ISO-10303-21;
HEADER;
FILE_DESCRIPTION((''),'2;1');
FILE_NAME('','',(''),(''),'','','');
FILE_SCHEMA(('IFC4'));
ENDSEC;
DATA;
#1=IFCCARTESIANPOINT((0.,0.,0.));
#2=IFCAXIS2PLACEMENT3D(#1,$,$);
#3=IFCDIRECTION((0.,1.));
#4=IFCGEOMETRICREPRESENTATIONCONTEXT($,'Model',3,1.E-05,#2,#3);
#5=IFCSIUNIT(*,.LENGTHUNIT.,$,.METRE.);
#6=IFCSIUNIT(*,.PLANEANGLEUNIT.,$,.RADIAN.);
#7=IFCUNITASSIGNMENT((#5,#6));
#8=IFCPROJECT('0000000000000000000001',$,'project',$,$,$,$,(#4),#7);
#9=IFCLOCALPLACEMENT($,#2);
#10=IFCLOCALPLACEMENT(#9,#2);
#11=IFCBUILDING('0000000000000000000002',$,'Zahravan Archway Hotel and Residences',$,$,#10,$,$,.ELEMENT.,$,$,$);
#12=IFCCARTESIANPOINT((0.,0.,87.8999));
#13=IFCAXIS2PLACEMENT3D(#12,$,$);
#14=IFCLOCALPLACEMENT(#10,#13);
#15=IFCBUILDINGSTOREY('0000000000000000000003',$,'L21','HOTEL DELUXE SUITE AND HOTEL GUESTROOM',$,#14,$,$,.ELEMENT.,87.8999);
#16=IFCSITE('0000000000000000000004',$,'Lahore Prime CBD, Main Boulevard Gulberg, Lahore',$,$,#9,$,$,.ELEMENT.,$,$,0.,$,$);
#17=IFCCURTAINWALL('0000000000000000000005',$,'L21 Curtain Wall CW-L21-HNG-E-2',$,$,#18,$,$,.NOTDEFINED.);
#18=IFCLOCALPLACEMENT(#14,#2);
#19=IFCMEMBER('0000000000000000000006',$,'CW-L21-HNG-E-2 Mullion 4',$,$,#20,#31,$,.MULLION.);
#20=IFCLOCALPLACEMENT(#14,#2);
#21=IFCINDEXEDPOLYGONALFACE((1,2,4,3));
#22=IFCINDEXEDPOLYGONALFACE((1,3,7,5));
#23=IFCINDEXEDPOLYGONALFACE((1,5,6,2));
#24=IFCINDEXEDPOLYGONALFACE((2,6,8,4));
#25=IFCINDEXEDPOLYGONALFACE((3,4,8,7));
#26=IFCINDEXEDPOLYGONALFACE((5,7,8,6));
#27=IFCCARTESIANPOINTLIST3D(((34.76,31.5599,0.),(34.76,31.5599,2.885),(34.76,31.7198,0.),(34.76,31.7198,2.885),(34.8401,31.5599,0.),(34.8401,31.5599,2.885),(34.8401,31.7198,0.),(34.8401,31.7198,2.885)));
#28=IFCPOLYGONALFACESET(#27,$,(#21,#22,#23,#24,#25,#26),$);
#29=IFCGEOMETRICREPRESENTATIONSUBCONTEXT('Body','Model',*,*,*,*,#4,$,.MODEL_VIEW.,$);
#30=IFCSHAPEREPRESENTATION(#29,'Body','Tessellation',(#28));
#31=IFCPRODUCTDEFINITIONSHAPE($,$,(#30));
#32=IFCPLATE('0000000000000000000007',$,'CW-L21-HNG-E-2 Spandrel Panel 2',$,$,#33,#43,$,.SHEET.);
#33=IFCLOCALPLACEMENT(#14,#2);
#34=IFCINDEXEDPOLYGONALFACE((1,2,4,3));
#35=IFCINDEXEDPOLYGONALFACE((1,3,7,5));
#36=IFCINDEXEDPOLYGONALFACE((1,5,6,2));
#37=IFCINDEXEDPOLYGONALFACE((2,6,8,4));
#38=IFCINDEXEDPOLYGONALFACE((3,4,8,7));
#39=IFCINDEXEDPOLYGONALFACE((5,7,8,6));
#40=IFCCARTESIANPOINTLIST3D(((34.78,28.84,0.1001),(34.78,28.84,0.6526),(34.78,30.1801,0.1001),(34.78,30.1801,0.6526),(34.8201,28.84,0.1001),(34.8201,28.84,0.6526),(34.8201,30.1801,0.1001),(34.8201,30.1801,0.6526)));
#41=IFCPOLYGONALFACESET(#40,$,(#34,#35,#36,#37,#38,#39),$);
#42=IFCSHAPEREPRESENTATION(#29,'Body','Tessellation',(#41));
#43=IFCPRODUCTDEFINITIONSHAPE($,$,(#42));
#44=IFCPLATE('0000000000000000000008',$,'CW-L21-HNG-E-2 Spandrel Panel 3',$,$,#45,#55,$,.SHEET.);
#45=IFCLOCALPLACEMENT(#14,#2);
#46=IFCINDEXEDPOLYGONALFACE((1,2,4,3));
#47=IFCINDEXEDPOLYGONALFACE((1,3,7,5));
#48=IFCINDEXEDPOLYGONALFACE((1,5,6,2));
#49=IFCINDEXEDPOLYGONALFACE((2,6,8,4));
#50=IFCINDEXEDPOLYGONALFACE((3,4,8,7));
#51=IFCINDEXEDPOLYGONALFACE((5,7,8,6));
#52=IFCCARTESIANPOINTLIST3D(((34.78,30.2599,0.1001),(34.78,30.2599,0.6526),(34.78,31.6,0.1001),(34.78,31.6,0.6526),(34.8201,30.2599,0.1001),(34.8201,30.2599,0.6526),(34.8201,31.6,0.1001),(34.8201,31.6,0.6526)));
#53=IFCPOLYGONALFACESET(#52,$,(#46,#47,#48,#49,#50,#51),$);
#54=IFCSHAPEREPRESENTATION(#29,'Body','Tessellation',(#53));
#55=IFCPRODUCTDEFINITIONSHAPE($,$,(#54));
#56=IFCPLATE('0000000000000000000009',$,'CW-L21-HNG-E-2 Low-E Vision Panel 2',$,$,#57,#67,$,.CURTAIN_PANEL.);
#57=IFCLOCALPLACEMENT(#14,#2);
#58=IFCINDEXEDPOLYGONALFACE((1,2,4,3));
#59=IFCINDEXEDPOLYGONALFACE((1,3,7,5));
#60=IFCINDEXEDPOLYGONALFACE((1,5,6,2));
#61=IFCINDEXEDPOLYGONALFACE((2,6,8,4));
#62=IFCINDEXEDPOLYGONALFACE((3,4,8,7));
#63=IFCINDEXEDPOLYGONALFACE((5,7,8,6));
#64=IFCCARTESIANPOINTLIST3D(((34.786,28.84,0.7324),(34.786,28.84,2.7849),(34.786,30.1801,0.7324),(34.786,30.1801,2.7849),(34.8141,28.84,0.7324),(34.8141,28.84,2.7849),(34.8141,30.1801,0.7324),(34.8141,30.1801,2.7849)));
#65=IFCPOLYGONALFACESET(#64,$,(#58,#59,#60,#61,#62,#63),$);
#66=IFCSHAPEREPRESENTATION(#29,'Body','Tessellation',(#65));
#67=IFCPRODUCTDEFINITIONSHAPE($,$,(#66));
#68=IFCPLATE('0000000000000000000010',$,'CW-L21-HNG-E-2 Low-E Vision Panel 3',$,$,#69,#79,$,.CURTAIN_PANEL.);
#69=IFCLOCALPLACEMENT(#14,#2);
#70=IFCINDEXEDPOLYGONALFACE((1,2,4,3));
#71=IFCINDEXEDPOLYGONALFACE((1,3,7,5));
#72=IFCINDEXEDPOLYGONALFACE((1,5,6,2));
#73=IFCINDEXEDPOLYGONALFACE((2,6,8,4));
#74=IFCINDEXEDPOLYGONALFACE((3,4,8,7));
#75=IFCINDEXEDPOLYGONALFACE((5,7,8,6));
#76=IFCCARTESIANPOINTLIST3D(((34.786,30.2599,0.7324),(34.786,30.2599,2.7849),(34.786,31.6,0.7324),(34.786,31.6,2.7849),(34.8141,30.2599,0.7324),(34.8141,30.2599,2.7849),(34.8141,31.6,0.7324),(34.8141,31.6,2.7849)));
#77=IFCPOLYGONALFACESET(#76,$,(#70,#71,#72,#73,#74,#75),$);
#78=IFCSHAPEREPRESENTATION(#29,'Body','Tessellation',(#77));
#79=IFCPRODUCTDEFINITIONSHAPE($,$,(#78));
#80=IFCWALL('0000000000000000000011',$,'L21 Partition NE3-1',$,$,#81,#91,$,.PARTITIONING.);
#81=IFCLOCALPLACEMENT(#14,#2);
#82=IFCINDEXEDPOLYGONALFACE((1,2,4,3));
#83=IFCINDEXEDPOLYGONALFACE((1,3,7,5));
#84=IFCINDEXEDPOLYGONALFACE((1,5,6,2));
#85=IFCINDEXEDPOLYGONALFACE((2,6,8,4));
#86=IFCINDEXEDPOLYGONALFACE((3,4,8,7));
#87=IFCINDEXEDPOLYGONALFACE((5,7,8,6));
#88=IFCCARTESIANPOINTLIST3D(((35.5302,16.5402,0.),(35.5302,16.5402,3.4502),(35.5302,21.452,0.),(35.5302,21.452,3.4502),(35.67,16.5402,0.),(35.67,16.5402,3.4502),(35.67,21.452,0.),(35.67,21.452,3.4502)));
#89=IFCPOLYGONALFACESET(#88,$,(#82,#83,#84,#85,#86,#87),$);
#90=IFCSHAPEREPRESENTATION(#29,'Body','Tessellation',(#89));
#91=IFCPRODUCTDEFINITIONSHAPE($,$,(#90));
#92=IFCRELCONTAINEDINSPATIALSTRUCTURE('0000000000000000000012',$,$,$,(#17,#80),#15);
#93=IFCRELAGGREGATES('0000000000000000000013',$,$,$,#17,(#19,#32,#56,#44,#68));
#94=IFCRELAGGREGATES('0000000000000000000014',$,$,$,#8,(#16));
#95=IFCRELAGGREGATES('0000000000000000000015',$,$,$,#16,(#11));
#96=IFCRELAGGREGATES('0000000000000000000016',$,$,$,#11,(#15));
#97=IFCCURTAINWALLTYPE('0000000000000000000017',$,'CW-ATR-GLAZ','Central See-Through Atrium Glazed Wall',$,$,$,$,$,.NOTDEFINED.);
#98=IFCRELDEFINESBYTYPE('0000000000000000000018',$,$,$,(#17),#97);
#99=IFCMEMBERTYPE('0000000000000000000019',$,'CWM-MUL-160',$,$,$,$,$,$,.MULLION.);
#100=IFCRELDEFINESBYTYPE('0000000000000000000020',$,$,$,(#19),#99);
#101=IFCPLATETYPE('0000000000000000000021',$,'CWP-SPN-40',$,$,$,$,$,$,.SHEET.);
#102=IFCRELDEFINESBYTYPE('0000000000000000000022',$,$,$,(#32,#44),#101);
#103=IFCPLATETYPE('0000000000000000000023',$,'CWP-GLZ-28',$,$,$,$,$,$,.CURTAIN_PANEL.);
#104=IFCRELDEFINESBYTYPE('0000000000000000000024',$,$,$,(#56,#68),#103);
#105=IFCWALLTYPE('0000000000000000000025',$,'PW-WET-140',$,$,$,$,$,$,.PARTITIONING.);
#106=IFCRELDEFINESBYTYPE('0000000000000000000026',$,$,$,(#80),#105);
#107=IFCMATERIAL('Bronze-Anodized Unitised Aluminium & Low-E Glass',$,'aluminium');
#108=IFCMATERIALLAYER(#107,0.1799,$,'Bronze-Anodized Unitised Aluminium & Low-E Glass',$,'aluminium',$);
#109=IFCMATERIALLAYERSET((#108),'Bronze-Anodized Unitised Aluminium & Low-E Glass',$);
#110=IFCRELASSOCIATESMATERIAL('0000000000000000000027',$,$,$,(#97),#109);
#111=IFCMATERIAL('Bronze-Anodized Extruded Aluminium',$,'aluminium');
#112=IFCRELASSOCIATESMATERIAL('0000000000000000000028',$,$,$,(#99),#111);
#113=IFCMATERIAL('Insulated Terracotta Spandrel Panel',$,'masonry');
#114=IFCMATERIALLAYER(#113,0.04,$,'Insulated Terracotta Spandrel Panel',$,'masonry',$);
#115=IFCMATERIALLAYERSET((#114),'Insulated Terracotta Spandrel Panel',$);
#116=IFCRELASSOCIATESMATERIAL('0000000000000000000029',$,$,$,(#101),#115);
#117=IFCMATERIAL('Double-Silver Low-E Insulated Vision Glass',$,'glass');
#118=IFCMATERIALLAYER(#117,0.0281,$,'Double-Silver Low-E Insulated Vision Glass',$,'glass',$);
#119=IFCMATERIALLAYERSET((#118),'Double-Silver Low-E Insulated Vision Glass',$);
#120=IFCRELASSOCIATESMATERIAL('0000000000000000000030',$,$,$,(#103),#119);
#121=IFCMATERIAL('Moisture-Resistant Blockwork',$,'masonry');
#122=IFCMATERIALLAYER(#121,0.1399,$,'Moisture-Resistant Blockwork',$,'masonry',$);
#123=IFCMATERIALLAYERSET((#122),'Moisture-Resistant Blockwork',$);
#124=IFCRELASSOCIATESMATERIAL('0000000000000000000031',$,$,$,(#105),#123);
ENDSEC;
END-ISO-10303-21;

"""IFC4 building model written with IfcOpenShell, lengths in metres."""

from ifc_helpers import new_model, si_unit, direction, frame, frame_2d, origin, origin_2d, place, context, subcontext, project, spatial, rectangle, extrude, source, transform, mapped, material, layer, layer_set, material_profile, profile_set, type_object, element, aggregate, save


model = new_model("IFC4")

# Units and contexts
model_context = context("Model", 3, precision=1e-05, world=origin(), true_north=direction((0.0, 1.0)))
body_context = subcontext(model_context, "Body", "Model", "MODEL_VIEW")
ifc_project = project(units=[si_unit("LENGTHUNIT", "METRE"), si_unit("PLANEANGLEUNIT", "RADIAN")], contexts=[model_context])

# Site, building, storey
site_placement = place(None, origin())
site = spatial("IfcSite", under=ifc_project, at=site_placement, Name="Lahore Prime CBD, Main Boulevard Gulberg, Lahore", CompositionType="ELEMENT", RefElevation=0.0)
building_placement = place(site_placement, origin())
building = spatial("IfcBuilding", under=site, at=building_placement, Name="Zahravan Archway Hotel and Residences", CompositionType="ELEMENT")
storey_placement = place(building_placement, frame((0.0, 0.0, 87.8999)))
storey = spatial("IfcBuildingStorey", under=building, at=storey_placement, Name="L21", Description="HOTEL DELUXE SUITE AND HOTEL GUESTROOM", CompositionType="ELEMENT", Elevation=87.8999)

# Curtain wall, member, plates
ifc_material_1 = material(Name="Bronze-Anodized Unitised Aluminium & Low-E Glass", Category="aluminium")
ifc_layer_1 = layer(ifc_material_1, 0.1799, Name="Bronze-Anodized Unitised Aluminium & Low-E Glass", Category="aluminium")
ifc_layer_set_1 = layer_set([ifc_layer_1], Name="Bronze-Anodized Unitised Aluminium & Low-E Glass")
curtain_wall_type = type_object("IfcCurtainWallType", Name="CW-ATR-GLAZ", Description="Central See-Through Atrium Glazed Wall", PredefinedType="NOTDEFINED", material=ifc_layer_set_1)
curtain_wall_placement = place(storey_placement, origin())
curtain_wall = element("IfcCurtainWall", 1, at=curtain_wall_placement, inside=storey, type_object=curtain_wall_type, Name="L21 Curtain Wall CW-L21-HNG-E-2", PredefinedType="NOTDEFINED")
ifc_material_2 = material(Name="Bronze-Anodized Extruded Aluminium", Category="aluminium")
ifc_material_profile_1 = material_profile(ifc_material_2, rectangle(XDim=0.0801, YDim=0.1599, at=origin_2d()), Name="MUL 80x160", Category="aluminium")
ifc_profile_set_1 = profile_set([ifc_material_profile_1], Name="Bronze-Anodized Extruded Aluminium")
member_type_1 = type_object("IfcMemberType", Name="CWM-MUL-160", PredefinedType="MULLION", material=ifc_profile_set_1)
shared_shape_1 = source(origin(), body_context, "Body", "SweptSolid", [
    extrude(rectangle(XDim=0.0801, YDim=0.1599, at=origin_2d()), origin(), (0.0, 0.0, 1.0), 2.885),
])
member_1_placement = place(storey_placement, frame((34.8, 31.6399, 0.0), z_axis=(0.0, 0.0, 1.0), x_axis=(1.0, 0.0, 0.0)))
member_1 = element("IfcMember", 2, at=member_1_placement, type_object=member_type_1, Name="CW-L21-HNG-E-2 Mullion 4", PredefinedType="MULLION", context=body_context, shape_type="MappedRepresentation", body=[
    mapped(shared_shape_1, transform((0.0, 0.0, 0.0), scale=1.0)),
])
ifc_material_3 = material(Name="Insulated Terracotta Spandrel Panel", Category="masonry")
ifc_layer_2 = layer(ifc_material_3, 0.04, Name="Insulated Terracotta Spandrel Panel", Category="masonry")
ifc_layer_set_2 = layer_set([ifc_layer_2], Name="Insulated Terracotta Spandrel Panel")
plate_type_1 = type_object("IfcPlateType", Name="CWP-SPN-40", PredefinedType="SHEET", material=ifc_layer_set_2)
shared_shape_2 = source(origin(), body_context, "Body", "SweptSolid", [
    extrude(rectangle(XDim=1.3401, YDim=0.04, at=origin_2d()), origin(), (0.0, 0.0, 1.0), 0.5525),
])
plate_1_placement = place(storey_placement, frame((34.8, 29.51, 0.1001), z_axis=(0.0, 0.0, 1.0), x_axis=(0.0, 1.0, 0.0)))
plate_1 = element("IfcPlate", 3, at=plate_1_placement, type_object=plate_type_1, Name="CW-L21-HNG-E-2 Spandrel Panel 2", PredefinedType="SHEET", context=body_context, shape_type="MappedRepresentation", body=[
    mapped(shared_shape_2, transform((0.0, 0.0, 0.0), scale=1.0)),
])
plate_2_placement = place(storey_placement, frame((34.8, 30.9299, 0.1001), z_axis=(0.0, 0.0, 1.0), x_axis=(0.0, 1.0, 0.0)))
plate_2 = element("IfcPlate", 4, at=plate_2_placement, type_object=plate_type_1, Name="CW-L21-HNG-E-2 Spandrel Panel 3", PredefinedType="SHEET", context=body_context, shape_type="MappedRepresentation", body=[
    mapped(shared_shape_2, transform((0.0, 0.0, 0.0), scale=1.0)),
])
ifc_material_4 = material(Name="Double-Silver Low-E Insulated Vision Glass", Category="glass")
ifc_layer_3 = layer(ifc_material_4, 0.0281, Name="Double-Silver Low-E Insulated Vision Glass", Category="glass")
ifc_layer_set_3 = layer_set([ifc_layer_3], Name="Double-Silver Low-E Insulated Vision Glass")
plate_type_2 = type_object("IfcPlateType", Name="CWP-GLZ-28", PredefinedType="CURTAIN_PANEL", material=ifc_layer_set_3)
shared_shape_3 = source(origin(), body_context, "Body", "SweptSolid", [
    extrude(rectangle(XDim=1.3401, YDim=0.0281, at=origin_2d()), origin(), (0.0, 0.0, 1.0), 2.0525),
])
plate_3_placement = place(storey_placement, frame((34.8, 29.51, 0.7324), z_axis=(0.0, 0.0, 1.0), x_axis=(0.0, 1.0, 0.0)))
plate_3 = element("IfcPlate", 5, at=plate_3_placement, type_object=plate_type_2, Name="CW-L21-HNG-E-2 Low-E Vision Panel 2", PredefinedType="CURTAIN_PANEL", context=body_context, shape_type="MappedRepresentation", body=[
    mapped(shared_shape_3, transform((0.0, 0.0, 0.0), scale=1.0)),
])
plate_4_placement = place(storey_placement, frame((34.8, 30.9299, 0.7324), z_axis=(0.0, 0.0, 1.0), x_axis=(0.0, 1.0, 0.0)))
plate_4 = element("IfcPlate", 6, at=plate_4_placement, type_object=plate_type_2, Name="CW-L21-HNG-E-2 Low-E Vision Panel 3", PredefinedType="CURTAIN_PANEL", context=body_context, shape_type="MappedRepresentation", body=[
    mapped(shared_shape_3, transform((0.0, 0.0, 0.0), scale=1.0)),
])
aggregate(curtain_wall, [member_1, plate_1, plate_3, plate_2, plate_4])

# Wall
ifc_material_5 = material(Name="Moisture-Resistant Blockwork", Category="masonry")
ifc_layer_4 = layer(ifc_material_5, 0.1399, Name="Moisture-Resistant Blockwork", Category="masonry")
ifc_layer_set_4 = layer_set([ifc_layer_4], Name="Moisture-Resistant Blockwork")
wall_type_1 = type_object("IfcWallType", Name="PW-WET-140", PredefinedType="PARTITIONING", material=ifc_layer_set_4)
wall_1_placement = place(storey_placement, frame((35.6001, 16.54, 0.0), z_axis=(0.0, 0.0, 1.0), x_axis=(0.0, 1.0, 0.0)))
element("IfcWall", 7, at=wall_1_placement, inside=storey, type_object=wall_type_1, Name="L21 Partition NE3-1", PredefinedType="PARTITIONING", context=body_context, shape_type="SweptSolid", body=[
    extrude(rectangle(XDim=4.9119, YDim=0.1399, at=frame_2d((2.4561, 0.0))), origin(), (0.0, 0.0, 1.0), 3.4502),
])

save(model, "model.ifc")
